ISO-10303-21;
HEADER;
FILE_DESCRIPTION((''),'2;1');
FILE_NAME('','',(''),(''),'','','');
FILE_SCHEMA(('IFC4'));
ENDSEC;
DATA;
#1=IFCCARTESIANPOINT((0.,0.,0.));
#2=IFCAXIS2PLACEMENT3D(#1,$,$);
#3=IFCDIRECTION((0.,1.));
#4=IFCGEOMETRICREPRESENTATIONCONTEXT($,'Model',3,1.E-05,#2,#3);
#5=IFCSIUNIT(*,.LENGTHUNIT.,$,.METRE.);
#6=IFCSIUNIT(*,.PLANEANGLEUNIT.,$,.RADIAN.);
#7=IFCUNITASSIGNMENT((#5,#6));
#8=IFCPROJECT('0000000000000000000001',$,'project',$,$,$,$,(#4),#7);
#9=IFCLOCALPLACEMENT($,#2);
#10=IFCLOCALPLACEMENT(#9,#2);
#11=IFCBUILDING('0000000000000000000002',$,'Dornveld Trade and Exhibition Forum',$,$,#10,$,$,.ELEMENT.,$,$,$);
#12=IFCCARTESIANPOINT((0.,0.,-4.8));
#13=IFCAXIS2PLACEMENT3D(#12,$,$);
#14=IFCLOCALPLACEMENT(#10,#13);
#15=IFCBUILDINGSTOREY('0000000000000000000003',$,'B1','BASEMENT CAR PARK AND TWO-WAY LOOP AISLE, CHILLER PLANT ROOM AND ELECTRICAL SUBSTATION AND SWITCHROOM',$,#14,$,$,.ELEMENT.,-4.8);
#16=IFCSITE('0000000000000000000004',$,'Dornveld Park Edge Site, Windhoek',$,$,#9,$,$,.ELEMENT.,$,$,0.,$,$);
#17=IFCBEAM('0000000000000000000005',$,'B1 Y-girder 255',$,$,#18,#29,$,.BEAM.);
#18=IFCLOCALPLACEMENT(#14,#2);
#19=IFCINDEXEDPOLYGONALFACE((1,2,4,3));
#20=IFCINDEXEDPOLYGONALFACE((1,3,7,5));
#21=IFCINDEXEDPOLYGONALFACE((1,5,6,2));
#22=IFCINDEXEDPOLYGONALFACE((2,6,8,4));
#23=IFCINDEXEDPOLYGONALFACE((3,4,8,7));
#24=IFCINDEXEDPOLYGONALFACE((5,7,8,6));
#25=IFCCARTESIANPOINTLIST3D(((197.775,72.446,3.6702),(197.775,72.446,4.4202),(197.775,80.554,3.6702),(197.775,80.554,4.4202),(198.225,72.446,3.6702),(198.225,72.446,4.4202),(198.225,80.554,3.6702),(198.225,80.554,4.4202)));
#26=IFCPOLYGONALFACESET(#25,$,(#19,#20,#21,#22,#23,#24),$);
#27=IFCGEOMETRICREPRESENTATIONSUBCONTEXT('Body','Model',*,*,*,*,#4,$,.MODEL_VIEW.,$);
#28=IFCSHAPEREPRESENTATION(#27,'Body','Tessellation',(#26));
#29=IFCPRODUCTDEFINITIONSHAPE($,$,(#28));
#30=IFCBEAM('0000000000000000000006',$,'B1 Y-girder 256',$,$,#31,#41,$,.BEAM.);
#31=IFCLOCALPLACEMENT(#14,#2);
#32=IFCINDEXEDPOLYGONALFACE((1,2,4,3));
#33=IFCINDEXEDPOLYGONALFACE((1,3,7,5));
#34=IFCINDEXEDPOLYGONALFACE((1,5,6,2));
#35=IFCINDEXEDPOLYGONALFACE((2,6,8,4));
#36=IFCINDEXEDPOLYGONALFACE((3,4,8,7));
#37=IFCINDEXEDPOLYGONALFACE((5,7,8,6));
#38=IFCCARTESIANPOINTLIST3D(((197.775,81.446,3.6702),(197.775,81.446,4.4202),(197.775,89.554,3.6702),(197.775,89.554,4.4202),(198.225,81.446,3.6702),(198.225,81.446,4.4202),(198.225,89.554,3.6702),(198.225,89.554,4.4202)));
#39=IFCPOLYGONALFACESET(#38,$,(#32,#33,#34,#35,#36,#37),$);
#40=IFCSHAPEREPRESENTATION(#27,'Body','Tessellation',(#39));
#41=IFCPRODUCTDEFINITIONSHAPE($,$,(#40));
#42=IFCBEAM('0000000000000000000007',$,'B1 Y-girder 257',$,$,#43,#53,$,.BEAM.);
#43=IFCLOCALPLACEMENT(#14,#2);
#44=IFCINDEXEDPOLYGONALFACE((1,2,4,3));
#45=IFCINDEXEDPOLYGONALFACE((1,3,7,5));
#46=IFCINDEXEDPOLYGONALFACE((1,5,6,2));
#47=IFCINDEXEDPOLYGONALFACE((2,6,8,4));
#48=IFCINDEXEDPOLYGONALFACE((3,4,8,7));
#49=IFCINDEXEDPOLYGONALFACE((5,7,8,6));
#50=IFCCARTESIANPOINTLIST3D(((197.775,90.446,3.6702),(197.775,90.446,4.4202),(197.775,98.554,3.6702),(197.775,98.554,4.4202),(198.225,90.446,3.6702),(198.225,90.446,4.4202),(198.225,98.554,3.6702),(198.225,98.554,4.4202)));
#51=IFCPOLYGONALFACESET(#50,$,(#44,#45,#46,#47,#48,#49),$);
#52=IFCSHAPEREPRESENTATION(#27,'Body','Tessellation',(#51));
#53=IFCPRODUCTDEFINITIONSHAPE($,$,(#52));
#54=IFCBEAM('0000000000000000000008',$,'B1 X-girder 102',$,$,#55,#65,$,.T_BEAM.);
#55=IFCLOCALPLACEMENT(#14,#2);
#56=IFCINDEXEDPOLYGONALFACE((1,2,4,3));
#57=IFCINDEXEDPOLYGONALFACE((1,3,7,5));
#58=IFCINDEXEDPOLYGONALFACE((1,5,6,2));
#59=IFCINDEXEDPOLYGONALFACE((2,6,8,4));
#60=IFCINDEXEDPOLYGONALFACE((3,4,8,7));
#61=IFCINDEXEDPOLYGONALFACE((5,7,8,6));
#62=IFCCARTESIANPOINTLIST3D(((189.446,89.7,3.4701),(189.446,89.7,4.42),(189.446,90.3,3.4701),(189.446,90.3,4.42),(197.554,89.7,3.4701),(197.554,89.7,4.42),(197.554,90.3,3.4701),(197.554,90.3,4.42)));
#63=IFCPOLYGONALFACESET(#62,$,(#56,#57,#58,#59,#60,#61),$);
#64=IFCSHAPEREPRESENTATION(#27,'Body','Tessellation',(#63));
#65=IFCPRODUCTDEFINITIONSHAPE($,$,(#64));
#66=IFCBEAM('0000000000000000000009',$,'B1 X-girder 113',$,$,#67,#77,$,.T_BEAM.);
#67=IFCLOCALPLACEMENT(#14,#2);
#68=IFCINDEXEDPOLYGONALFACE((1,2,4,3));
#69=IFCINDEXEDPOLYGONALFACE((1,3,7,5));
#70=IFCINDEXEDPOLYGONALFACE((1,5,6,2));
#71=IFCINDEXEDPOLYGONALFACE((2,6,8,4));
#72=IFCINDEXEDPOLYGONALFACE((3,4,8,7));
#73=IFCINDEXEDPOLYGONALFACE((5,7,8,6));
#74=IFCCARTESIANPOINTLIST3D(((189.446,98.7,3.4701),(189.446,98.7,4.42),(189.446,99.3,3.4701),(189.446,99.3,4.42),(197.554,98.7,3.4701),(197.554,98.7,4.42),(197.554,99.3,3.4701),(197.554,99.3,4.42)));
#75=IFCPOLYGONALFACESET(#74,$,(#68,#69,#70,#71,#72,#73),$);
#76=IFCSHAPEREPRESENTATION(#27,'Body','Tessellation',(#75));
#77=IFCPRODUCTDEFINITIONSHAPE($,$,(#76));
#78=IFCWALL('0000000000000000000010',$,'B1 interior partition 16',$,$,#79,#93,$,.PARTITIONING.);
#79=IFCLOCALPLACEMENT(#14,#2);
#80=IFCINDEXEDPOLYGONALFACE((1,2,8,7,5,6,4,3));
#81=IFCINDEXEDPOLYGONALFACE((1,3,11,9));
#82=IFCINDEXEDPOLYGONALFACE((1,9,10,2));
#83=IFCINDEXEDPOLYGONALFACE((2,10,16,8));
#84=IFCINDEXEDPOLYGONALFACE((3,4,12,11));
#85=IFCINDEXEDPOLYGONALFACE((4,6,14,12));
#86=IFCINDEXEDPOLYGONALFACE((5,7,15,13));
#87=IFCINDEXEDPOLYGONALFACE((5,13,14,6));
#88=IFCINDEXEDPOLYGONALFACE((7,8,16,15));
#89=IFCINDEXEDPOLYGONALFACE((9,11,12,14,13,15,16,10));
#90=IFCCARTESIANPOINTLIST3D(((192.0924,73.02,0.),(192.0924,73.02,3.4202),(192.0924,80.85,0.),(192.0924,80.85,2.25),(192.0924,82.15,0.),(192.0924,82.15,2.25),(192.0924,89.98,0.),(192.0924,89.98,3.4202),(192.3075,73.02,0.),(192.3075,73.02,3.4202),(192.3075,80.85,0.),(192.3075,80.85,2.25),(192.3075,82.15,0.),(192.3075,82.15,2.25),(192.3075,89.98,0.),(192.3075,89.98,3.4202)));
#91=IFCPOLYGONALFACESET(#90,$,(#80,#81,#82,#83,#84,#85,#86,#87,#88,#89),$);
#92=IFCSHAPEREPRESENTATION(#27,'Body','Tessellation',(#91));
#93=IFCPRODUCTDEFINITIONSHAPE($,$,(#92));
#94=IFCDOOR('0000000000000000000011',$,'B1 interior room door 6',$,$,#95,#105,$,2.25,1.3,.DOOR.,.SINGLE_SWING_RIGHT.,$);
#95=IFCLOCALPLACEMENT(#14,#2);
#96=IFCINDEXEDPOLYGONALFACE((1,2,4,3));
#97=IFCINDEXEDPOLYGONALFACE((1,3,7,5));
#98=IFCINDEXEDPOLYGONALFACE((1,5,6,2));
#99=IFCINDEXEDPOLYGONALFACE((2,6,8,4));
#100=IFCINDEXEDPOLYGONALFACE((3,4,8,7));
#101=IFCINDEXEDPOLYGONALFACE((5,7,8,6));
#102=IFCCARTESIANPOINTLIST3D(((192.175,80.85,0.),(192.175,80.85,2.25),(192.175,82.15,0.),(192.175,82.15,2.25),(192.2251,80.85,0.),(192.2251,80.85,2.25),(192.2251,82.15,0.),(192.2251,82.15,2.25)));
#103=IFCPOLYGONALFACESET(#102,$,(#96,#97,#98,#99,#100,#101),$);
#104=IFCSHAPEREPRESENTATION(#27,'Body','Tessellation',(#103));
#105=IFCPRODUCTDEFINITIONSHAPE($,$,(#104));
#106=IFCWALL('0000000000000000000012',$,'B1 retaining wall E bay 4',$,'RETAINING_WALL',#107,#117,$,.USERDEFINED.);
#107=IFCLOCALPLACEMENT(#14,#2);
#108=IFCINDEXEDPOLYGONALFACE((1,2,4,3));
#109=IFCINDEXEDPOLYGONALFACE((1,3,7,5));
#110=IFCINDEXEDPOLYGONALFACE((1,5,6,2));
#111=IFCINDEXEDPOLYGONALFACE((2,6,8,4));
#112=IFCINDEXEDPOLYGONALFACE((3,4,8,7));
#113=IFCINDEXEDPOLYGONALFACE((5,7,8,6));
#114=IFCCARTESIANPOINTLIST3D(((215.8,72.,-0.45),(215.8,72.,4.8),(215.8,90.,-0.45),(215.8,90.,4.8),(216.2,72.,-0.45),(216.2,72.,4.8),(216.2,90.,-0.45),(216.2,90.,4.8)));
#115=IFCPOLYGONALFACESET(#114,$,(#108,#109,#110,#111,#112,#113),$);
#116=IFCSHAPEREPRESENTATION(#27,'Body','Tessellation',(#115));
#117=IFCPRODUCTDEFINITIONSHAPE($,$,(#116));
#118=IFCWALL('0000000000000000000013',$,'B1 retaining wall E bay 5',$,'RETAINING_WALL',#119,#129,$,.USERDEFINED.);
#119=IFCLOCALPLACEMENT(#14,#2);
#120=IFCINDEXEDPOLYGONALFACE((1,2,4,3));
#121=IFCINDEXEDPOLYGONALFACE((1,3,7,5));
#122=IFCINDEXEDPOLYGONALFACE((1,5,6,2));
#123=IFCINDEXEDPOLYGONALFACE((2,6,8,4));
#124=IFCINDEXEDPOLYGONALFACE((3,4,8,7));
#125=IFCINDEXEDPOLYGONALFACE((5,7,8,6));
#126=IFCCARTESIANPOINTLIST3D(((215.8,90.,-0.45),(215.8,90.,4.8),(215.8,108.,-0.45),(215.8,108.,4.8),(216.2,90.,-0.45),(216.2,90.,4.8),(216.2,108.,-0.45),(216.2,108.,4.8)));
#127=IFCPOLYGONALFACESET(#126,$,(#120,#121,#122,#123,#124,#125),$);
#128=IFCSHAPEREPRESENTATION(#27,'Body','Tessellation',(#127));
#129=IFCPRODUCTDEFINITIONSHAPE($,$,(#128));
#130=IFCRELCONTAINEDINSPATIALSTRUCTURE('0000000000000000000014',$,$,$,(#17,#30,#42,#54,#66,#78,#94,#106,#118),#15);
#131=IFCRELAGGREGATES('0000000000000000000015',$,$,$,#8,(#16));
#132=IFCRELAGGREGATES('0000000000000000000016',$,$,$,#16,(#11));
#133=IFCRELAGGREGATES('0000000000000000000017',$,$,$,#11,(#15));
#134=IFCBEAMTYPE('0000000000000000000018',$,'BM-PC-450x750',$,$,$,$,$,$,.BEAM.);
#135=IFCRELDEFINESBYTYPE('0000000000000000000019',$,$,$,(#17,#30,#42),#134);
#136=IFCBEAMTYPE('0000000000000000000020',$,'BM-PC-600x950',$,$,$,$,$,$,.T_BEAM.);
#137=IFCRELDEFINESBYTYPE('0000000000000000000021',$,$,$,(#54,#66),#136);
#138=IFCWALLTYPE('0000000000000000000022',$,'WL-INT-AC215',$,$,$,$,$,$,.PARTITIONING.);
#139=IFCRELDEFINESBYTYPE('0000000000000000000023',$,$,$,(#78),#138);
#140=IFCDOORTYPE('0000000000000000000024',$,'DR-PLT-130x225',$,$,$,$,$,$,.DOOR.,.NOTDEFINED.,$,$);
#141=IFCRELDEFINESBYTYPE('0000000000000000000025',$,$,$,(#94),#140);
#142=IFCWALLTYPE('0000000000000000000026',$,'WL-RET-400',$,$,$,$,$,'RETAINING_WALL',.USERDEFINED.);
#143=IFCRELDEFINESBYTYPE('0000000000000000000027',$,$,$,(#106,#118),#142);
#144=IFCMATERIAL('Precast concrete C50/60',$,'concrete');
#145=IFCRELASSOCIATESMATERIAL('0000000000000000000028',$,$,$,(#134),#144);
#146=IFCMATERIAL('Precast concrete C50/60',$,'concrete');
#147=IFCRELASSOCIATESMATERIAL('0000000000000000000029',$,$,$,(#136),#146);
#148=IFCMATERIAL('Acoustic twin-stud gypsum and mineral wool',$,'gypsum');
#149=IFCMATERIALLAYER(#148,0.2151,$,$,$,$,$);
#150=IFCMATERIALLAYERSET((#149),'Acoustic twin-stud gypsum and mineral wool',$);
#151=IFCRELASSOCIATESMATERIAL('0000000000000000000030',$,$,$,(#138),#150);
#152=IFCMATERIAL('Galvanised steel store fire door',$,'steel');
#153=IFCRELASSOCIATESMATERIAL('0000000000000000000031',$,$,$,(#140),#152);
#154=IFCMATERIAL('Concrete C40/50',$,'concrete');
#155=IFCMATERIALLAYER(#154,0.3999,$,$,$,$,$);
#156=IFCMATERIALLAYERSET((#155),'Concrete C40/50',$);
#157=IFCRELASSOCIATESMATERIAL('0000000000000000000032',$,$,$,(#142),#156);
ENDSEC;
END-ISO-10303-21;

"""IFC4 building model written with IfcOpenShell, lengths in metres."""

from ifc_helpers import new_model, si_unit, direction, frame, frame_2d, origin, origin_2d, place, context, subcontext, project, spatial, rectangle, extrude, material, layer, layer_set, material_profile, profile_set, type_object, element, fill, save


model = new_model("IFC4")

# Units and contexts
model_context = context("Model", 3, precision=1e-05, world=origin(), true_north=direction((0.0, 1.0)))
body_context = subcontext(model_context, "Body", "Model", "MODEL_VIEW")
ifc_project = project(units=[si_unit("LENGTHUNIT", "METRE"), si_unit("PLANEANGLEUNIT", "RADIAN")], contexts=[model_context])

# Site, building, storey
site_placement = place(None, origin())
site = spatial("IfcSite", under=ifc_project, at=site_placement, Name="Dornveld Park Edge Site, Windhoek", CompositionType="ELEMENT", RefElevation=0.0)
building_placement = place(site_placement, origin())
building = spatial("IfcBuilding", under=site, at=building_placement, Name="Dornveld Trade and Exhibition Forum", CompositionType="ELEMENT")
storey_placement = place(building_placement, frame((0.0, 0.0, -4.8)))
storey = spatial("IfcBuildingStorey", under=building, at=storey_placement, Name="B1", Description="BASEMENT CAR PARK AND TWO-WAY LOOP AISLE, CHILLER PLANT ROOM AND ELECTRICAL SUBSTATION AND SWITCHROOM", CompositionType="ELEMENT", Elevation=-4.8)

# Beams
ifc_material_1 = material(Name="Precast concrete C50/60", Category="concrete")
ifc_material_profile_1 = material_profile(ifc_material_1, rectangle(XDim=0.45, YDim=0.75, at=origin_2d()), Name="PC-BM 450x750")
ifc_profile_set_1 = profile_set([ifc_material_profile_1], Name="Precast concrete C50/60")
beam_type_1 = type_object("IfcBeamType", Name="BM-PC-450x750", PredefinedType="BEAM", material=ifc_profile_set_1)
for number, where, z_axis, x_axis, name in (
    (1, (198.0, 72.446, 4.0452), (0.0, 1.0, 0.0), (-1.0, 0.0, 0.0), "B1 Y-girder 255"),
    (2, (198.0, 81.446, 4.0452), (0.0, 1.0, 0.0), (-1.0, 0.0, 0.0), "B1 Y-girder 256"),
    (3, (198.0, 90.446, 4.0452), (0.0, 1.0, 0.0), (-1.0, 0.0, 0.0), "B1 Y-girder 257"),
):
    element("IfcBeam", number, at=place(storey_placement, frame(where, z_axis=z_axis, x_axis=x_axis)), inside=storey, type_object=beam_type_1, Name=name, PredefinedType="BEAM", context=body_context, shape_type="SweptSolid", body=[
        extrude(rectangle(XDim=0.45, YDim=0.75, at=origin_2d()), origin(), (0.0, 0.0, 1.0), 8.1079),
    ])
ifc_material_2 = material(Name="Precast concrete C50/60", Category="concrete")
ifc_material_profile_2 = material_profile(ifc_material_2, rectangle(XDim=0.6001, YDim=0.95, at=origin_2d()), Name="PC-GIR 600x950")
ifc_profile_set_2 = profile_set([ifc_material_profile_2], Name="Precast concrete C50/60")
beam_type_2 = type_object("IfcBeamType", Name="BM-PC-600x950", PredefinedType="T_BEAM", material=ifc_profile_set_2)
for number, where, z_axis, x_axis, name in (
    (4, (189.446, 90.0, 3.9451), (1.0, 0.0, 0.0), (0.0, 1.0, 0.0), "B1 X-girder 102"),
    (5, (189.446, 99.0, 3.9451), (1.0, 0.0, 0.0), (0.0, 1.0, 0.0), "B1 X-girder 113"),
):
    element("IfcBeam", number, at=place(storey_placement, frame(where, z_axis=z_axis, x_axis=x_axis)), inside=storey, type_object=beam_type_2, Name=name, PredefinedType="T_BEAM", context=body_context, shape_type="SweptSolid", body=[
        extrude(rectangle(XDim=0.6001, YDim=0.95, at=origin_2d()), origin(), (0.0, 0.0, 1.0), 8.1079),
    ])

# Wall, opening, door
ifc_material_3 = material(Name="Acoustic twin-stud gypsum and mineral wool", Category="gypsum")
ifc_layer_1 = layer(ifc_material_3, 0.2151)
ifc_layer_set_1 = layer_set([ifc_layer_1], Name="Acoustic twin-stud gypsum and mineral wool")
wall_type_1 = type_object("IfcWallType", Name="WL-INT-AC215", PredefinedType="PARTITIONING", material=ifc_layer_set_1)
wall_placement = place(storey_placement, frame((192.2, 73.02, 0.0), z_axis=(0.0, 0.0, 1.0), x_axis=(0.0, 1.0, 0.0)))
wall = element("IfcWall", 6, at=wall_placement, inside=storey, type_object=wall_type_1, Name="B1 interior partition 16", PredefinedType="PARTITIONING", context=body_context, shape_type="SweptSolid", body=[
    extrude(rectangle(XDim=16.96, YDim=0.2151, at=frame_2d((8.48, 0.0))), origin(), (0.0, 0.0, 1.0), 3.4202),
])
opening_placement = place(wall_placement, frame((7.8301, 0.0, 0.0)))
opening = element("IfcOpeningElement", 7, at=opening_placement, cuts=wall, PredefinedType="OPENING", context=body_context, shape_type="SweptSolid", body=[
    extrude(rectangle(XDim=1.3, YDim=2.25, at=frame_2d((0.6499, 1.125))), frame((0.0, 0.1174, 0.0), z_axis=(0.0, -1.0, 0.0), x_axis=(1.0, 0.0, 0.0)), (0.0, 0.0, 1.0), 0.2351),
])
ifc_material_4 = material(Name="Galvanised steel store fire door", Category="steel")
door_type = type_object("IfcDoorType", Name="DR-PLT-130x225", OperationType="NOTDEFINED", PredefinedType="DOOR", material=ifc_material_4)
door_placement = place(opening_placement, origin())
door = element("IfcDoor", 8, at=door_placement, inside=storey, type_object=door_type, Name="B1 interior room door 6", OperationType="SINGLE_SWING_RIGHT", OverallHeight=2.25, OverallWidth=1.3, PredefinedType="DOOR", context=body_context, shape_type="SweptSolid", body=[
    extrude(rectangle(XDim=1.3, YDim=2.25, at=frame_2d((0.6499, 1.125))), frame((0.0, 0.0249, 0.0), z_axis=(0.0, -1.0, 0.0), x_axis=(1.0, 0.0, 0.0)), (0.0, 0.0, 1.0), 0.05),
])
fill(opening, door)

# Walls
ifc_material_5 = material(Name="Concrete C40/50", Category="concrete")
ifc_layer_2 = layer(ifc_material_5, 0.3999)
ifc_layer_set_2 = layer_set([ifc_layer_2], Name="Concrete C40/50")
wall_type_2 = type_object("IfcWallType", Name="WL-RET-400", ElementType="RETAINING_WALL", PredefinedType="USERDEFINED", material=ifc_layer_set_2)
for number, where, z_axis, x_axis, name in (
    (9, (216.0, 72.0, -0.45), (0.0, 0.0, 1.0), (0.0, 1.0, 0.0), "B1 retaining wall E bay 4"),
    (10, (216.0, 90.0, -0.45), (0.0, 0.0, 1.0), (0.0, 1.0, 0.0), "B1 retaining wall E bay 5"),
):
    element("IfcWall", number, at=place(storey_placement, frame(where, z_axis=z_axis, x_axis=x_axis)), inside=storey, type_object=wall_type_2, Name=name, ObjectType="RETAINING_WALL", PredefinedType="USERDEFINED", context=body_context, shape_type="SweptSolid", body=[
        extrude(rectangle(XDim=18.0, YDim=0.3999, at=frame_2d((9.0, 0.0))), origin(), (0.0, 0.0, 1.0), 5.25),
    ])

save(model, "model.ifc")
